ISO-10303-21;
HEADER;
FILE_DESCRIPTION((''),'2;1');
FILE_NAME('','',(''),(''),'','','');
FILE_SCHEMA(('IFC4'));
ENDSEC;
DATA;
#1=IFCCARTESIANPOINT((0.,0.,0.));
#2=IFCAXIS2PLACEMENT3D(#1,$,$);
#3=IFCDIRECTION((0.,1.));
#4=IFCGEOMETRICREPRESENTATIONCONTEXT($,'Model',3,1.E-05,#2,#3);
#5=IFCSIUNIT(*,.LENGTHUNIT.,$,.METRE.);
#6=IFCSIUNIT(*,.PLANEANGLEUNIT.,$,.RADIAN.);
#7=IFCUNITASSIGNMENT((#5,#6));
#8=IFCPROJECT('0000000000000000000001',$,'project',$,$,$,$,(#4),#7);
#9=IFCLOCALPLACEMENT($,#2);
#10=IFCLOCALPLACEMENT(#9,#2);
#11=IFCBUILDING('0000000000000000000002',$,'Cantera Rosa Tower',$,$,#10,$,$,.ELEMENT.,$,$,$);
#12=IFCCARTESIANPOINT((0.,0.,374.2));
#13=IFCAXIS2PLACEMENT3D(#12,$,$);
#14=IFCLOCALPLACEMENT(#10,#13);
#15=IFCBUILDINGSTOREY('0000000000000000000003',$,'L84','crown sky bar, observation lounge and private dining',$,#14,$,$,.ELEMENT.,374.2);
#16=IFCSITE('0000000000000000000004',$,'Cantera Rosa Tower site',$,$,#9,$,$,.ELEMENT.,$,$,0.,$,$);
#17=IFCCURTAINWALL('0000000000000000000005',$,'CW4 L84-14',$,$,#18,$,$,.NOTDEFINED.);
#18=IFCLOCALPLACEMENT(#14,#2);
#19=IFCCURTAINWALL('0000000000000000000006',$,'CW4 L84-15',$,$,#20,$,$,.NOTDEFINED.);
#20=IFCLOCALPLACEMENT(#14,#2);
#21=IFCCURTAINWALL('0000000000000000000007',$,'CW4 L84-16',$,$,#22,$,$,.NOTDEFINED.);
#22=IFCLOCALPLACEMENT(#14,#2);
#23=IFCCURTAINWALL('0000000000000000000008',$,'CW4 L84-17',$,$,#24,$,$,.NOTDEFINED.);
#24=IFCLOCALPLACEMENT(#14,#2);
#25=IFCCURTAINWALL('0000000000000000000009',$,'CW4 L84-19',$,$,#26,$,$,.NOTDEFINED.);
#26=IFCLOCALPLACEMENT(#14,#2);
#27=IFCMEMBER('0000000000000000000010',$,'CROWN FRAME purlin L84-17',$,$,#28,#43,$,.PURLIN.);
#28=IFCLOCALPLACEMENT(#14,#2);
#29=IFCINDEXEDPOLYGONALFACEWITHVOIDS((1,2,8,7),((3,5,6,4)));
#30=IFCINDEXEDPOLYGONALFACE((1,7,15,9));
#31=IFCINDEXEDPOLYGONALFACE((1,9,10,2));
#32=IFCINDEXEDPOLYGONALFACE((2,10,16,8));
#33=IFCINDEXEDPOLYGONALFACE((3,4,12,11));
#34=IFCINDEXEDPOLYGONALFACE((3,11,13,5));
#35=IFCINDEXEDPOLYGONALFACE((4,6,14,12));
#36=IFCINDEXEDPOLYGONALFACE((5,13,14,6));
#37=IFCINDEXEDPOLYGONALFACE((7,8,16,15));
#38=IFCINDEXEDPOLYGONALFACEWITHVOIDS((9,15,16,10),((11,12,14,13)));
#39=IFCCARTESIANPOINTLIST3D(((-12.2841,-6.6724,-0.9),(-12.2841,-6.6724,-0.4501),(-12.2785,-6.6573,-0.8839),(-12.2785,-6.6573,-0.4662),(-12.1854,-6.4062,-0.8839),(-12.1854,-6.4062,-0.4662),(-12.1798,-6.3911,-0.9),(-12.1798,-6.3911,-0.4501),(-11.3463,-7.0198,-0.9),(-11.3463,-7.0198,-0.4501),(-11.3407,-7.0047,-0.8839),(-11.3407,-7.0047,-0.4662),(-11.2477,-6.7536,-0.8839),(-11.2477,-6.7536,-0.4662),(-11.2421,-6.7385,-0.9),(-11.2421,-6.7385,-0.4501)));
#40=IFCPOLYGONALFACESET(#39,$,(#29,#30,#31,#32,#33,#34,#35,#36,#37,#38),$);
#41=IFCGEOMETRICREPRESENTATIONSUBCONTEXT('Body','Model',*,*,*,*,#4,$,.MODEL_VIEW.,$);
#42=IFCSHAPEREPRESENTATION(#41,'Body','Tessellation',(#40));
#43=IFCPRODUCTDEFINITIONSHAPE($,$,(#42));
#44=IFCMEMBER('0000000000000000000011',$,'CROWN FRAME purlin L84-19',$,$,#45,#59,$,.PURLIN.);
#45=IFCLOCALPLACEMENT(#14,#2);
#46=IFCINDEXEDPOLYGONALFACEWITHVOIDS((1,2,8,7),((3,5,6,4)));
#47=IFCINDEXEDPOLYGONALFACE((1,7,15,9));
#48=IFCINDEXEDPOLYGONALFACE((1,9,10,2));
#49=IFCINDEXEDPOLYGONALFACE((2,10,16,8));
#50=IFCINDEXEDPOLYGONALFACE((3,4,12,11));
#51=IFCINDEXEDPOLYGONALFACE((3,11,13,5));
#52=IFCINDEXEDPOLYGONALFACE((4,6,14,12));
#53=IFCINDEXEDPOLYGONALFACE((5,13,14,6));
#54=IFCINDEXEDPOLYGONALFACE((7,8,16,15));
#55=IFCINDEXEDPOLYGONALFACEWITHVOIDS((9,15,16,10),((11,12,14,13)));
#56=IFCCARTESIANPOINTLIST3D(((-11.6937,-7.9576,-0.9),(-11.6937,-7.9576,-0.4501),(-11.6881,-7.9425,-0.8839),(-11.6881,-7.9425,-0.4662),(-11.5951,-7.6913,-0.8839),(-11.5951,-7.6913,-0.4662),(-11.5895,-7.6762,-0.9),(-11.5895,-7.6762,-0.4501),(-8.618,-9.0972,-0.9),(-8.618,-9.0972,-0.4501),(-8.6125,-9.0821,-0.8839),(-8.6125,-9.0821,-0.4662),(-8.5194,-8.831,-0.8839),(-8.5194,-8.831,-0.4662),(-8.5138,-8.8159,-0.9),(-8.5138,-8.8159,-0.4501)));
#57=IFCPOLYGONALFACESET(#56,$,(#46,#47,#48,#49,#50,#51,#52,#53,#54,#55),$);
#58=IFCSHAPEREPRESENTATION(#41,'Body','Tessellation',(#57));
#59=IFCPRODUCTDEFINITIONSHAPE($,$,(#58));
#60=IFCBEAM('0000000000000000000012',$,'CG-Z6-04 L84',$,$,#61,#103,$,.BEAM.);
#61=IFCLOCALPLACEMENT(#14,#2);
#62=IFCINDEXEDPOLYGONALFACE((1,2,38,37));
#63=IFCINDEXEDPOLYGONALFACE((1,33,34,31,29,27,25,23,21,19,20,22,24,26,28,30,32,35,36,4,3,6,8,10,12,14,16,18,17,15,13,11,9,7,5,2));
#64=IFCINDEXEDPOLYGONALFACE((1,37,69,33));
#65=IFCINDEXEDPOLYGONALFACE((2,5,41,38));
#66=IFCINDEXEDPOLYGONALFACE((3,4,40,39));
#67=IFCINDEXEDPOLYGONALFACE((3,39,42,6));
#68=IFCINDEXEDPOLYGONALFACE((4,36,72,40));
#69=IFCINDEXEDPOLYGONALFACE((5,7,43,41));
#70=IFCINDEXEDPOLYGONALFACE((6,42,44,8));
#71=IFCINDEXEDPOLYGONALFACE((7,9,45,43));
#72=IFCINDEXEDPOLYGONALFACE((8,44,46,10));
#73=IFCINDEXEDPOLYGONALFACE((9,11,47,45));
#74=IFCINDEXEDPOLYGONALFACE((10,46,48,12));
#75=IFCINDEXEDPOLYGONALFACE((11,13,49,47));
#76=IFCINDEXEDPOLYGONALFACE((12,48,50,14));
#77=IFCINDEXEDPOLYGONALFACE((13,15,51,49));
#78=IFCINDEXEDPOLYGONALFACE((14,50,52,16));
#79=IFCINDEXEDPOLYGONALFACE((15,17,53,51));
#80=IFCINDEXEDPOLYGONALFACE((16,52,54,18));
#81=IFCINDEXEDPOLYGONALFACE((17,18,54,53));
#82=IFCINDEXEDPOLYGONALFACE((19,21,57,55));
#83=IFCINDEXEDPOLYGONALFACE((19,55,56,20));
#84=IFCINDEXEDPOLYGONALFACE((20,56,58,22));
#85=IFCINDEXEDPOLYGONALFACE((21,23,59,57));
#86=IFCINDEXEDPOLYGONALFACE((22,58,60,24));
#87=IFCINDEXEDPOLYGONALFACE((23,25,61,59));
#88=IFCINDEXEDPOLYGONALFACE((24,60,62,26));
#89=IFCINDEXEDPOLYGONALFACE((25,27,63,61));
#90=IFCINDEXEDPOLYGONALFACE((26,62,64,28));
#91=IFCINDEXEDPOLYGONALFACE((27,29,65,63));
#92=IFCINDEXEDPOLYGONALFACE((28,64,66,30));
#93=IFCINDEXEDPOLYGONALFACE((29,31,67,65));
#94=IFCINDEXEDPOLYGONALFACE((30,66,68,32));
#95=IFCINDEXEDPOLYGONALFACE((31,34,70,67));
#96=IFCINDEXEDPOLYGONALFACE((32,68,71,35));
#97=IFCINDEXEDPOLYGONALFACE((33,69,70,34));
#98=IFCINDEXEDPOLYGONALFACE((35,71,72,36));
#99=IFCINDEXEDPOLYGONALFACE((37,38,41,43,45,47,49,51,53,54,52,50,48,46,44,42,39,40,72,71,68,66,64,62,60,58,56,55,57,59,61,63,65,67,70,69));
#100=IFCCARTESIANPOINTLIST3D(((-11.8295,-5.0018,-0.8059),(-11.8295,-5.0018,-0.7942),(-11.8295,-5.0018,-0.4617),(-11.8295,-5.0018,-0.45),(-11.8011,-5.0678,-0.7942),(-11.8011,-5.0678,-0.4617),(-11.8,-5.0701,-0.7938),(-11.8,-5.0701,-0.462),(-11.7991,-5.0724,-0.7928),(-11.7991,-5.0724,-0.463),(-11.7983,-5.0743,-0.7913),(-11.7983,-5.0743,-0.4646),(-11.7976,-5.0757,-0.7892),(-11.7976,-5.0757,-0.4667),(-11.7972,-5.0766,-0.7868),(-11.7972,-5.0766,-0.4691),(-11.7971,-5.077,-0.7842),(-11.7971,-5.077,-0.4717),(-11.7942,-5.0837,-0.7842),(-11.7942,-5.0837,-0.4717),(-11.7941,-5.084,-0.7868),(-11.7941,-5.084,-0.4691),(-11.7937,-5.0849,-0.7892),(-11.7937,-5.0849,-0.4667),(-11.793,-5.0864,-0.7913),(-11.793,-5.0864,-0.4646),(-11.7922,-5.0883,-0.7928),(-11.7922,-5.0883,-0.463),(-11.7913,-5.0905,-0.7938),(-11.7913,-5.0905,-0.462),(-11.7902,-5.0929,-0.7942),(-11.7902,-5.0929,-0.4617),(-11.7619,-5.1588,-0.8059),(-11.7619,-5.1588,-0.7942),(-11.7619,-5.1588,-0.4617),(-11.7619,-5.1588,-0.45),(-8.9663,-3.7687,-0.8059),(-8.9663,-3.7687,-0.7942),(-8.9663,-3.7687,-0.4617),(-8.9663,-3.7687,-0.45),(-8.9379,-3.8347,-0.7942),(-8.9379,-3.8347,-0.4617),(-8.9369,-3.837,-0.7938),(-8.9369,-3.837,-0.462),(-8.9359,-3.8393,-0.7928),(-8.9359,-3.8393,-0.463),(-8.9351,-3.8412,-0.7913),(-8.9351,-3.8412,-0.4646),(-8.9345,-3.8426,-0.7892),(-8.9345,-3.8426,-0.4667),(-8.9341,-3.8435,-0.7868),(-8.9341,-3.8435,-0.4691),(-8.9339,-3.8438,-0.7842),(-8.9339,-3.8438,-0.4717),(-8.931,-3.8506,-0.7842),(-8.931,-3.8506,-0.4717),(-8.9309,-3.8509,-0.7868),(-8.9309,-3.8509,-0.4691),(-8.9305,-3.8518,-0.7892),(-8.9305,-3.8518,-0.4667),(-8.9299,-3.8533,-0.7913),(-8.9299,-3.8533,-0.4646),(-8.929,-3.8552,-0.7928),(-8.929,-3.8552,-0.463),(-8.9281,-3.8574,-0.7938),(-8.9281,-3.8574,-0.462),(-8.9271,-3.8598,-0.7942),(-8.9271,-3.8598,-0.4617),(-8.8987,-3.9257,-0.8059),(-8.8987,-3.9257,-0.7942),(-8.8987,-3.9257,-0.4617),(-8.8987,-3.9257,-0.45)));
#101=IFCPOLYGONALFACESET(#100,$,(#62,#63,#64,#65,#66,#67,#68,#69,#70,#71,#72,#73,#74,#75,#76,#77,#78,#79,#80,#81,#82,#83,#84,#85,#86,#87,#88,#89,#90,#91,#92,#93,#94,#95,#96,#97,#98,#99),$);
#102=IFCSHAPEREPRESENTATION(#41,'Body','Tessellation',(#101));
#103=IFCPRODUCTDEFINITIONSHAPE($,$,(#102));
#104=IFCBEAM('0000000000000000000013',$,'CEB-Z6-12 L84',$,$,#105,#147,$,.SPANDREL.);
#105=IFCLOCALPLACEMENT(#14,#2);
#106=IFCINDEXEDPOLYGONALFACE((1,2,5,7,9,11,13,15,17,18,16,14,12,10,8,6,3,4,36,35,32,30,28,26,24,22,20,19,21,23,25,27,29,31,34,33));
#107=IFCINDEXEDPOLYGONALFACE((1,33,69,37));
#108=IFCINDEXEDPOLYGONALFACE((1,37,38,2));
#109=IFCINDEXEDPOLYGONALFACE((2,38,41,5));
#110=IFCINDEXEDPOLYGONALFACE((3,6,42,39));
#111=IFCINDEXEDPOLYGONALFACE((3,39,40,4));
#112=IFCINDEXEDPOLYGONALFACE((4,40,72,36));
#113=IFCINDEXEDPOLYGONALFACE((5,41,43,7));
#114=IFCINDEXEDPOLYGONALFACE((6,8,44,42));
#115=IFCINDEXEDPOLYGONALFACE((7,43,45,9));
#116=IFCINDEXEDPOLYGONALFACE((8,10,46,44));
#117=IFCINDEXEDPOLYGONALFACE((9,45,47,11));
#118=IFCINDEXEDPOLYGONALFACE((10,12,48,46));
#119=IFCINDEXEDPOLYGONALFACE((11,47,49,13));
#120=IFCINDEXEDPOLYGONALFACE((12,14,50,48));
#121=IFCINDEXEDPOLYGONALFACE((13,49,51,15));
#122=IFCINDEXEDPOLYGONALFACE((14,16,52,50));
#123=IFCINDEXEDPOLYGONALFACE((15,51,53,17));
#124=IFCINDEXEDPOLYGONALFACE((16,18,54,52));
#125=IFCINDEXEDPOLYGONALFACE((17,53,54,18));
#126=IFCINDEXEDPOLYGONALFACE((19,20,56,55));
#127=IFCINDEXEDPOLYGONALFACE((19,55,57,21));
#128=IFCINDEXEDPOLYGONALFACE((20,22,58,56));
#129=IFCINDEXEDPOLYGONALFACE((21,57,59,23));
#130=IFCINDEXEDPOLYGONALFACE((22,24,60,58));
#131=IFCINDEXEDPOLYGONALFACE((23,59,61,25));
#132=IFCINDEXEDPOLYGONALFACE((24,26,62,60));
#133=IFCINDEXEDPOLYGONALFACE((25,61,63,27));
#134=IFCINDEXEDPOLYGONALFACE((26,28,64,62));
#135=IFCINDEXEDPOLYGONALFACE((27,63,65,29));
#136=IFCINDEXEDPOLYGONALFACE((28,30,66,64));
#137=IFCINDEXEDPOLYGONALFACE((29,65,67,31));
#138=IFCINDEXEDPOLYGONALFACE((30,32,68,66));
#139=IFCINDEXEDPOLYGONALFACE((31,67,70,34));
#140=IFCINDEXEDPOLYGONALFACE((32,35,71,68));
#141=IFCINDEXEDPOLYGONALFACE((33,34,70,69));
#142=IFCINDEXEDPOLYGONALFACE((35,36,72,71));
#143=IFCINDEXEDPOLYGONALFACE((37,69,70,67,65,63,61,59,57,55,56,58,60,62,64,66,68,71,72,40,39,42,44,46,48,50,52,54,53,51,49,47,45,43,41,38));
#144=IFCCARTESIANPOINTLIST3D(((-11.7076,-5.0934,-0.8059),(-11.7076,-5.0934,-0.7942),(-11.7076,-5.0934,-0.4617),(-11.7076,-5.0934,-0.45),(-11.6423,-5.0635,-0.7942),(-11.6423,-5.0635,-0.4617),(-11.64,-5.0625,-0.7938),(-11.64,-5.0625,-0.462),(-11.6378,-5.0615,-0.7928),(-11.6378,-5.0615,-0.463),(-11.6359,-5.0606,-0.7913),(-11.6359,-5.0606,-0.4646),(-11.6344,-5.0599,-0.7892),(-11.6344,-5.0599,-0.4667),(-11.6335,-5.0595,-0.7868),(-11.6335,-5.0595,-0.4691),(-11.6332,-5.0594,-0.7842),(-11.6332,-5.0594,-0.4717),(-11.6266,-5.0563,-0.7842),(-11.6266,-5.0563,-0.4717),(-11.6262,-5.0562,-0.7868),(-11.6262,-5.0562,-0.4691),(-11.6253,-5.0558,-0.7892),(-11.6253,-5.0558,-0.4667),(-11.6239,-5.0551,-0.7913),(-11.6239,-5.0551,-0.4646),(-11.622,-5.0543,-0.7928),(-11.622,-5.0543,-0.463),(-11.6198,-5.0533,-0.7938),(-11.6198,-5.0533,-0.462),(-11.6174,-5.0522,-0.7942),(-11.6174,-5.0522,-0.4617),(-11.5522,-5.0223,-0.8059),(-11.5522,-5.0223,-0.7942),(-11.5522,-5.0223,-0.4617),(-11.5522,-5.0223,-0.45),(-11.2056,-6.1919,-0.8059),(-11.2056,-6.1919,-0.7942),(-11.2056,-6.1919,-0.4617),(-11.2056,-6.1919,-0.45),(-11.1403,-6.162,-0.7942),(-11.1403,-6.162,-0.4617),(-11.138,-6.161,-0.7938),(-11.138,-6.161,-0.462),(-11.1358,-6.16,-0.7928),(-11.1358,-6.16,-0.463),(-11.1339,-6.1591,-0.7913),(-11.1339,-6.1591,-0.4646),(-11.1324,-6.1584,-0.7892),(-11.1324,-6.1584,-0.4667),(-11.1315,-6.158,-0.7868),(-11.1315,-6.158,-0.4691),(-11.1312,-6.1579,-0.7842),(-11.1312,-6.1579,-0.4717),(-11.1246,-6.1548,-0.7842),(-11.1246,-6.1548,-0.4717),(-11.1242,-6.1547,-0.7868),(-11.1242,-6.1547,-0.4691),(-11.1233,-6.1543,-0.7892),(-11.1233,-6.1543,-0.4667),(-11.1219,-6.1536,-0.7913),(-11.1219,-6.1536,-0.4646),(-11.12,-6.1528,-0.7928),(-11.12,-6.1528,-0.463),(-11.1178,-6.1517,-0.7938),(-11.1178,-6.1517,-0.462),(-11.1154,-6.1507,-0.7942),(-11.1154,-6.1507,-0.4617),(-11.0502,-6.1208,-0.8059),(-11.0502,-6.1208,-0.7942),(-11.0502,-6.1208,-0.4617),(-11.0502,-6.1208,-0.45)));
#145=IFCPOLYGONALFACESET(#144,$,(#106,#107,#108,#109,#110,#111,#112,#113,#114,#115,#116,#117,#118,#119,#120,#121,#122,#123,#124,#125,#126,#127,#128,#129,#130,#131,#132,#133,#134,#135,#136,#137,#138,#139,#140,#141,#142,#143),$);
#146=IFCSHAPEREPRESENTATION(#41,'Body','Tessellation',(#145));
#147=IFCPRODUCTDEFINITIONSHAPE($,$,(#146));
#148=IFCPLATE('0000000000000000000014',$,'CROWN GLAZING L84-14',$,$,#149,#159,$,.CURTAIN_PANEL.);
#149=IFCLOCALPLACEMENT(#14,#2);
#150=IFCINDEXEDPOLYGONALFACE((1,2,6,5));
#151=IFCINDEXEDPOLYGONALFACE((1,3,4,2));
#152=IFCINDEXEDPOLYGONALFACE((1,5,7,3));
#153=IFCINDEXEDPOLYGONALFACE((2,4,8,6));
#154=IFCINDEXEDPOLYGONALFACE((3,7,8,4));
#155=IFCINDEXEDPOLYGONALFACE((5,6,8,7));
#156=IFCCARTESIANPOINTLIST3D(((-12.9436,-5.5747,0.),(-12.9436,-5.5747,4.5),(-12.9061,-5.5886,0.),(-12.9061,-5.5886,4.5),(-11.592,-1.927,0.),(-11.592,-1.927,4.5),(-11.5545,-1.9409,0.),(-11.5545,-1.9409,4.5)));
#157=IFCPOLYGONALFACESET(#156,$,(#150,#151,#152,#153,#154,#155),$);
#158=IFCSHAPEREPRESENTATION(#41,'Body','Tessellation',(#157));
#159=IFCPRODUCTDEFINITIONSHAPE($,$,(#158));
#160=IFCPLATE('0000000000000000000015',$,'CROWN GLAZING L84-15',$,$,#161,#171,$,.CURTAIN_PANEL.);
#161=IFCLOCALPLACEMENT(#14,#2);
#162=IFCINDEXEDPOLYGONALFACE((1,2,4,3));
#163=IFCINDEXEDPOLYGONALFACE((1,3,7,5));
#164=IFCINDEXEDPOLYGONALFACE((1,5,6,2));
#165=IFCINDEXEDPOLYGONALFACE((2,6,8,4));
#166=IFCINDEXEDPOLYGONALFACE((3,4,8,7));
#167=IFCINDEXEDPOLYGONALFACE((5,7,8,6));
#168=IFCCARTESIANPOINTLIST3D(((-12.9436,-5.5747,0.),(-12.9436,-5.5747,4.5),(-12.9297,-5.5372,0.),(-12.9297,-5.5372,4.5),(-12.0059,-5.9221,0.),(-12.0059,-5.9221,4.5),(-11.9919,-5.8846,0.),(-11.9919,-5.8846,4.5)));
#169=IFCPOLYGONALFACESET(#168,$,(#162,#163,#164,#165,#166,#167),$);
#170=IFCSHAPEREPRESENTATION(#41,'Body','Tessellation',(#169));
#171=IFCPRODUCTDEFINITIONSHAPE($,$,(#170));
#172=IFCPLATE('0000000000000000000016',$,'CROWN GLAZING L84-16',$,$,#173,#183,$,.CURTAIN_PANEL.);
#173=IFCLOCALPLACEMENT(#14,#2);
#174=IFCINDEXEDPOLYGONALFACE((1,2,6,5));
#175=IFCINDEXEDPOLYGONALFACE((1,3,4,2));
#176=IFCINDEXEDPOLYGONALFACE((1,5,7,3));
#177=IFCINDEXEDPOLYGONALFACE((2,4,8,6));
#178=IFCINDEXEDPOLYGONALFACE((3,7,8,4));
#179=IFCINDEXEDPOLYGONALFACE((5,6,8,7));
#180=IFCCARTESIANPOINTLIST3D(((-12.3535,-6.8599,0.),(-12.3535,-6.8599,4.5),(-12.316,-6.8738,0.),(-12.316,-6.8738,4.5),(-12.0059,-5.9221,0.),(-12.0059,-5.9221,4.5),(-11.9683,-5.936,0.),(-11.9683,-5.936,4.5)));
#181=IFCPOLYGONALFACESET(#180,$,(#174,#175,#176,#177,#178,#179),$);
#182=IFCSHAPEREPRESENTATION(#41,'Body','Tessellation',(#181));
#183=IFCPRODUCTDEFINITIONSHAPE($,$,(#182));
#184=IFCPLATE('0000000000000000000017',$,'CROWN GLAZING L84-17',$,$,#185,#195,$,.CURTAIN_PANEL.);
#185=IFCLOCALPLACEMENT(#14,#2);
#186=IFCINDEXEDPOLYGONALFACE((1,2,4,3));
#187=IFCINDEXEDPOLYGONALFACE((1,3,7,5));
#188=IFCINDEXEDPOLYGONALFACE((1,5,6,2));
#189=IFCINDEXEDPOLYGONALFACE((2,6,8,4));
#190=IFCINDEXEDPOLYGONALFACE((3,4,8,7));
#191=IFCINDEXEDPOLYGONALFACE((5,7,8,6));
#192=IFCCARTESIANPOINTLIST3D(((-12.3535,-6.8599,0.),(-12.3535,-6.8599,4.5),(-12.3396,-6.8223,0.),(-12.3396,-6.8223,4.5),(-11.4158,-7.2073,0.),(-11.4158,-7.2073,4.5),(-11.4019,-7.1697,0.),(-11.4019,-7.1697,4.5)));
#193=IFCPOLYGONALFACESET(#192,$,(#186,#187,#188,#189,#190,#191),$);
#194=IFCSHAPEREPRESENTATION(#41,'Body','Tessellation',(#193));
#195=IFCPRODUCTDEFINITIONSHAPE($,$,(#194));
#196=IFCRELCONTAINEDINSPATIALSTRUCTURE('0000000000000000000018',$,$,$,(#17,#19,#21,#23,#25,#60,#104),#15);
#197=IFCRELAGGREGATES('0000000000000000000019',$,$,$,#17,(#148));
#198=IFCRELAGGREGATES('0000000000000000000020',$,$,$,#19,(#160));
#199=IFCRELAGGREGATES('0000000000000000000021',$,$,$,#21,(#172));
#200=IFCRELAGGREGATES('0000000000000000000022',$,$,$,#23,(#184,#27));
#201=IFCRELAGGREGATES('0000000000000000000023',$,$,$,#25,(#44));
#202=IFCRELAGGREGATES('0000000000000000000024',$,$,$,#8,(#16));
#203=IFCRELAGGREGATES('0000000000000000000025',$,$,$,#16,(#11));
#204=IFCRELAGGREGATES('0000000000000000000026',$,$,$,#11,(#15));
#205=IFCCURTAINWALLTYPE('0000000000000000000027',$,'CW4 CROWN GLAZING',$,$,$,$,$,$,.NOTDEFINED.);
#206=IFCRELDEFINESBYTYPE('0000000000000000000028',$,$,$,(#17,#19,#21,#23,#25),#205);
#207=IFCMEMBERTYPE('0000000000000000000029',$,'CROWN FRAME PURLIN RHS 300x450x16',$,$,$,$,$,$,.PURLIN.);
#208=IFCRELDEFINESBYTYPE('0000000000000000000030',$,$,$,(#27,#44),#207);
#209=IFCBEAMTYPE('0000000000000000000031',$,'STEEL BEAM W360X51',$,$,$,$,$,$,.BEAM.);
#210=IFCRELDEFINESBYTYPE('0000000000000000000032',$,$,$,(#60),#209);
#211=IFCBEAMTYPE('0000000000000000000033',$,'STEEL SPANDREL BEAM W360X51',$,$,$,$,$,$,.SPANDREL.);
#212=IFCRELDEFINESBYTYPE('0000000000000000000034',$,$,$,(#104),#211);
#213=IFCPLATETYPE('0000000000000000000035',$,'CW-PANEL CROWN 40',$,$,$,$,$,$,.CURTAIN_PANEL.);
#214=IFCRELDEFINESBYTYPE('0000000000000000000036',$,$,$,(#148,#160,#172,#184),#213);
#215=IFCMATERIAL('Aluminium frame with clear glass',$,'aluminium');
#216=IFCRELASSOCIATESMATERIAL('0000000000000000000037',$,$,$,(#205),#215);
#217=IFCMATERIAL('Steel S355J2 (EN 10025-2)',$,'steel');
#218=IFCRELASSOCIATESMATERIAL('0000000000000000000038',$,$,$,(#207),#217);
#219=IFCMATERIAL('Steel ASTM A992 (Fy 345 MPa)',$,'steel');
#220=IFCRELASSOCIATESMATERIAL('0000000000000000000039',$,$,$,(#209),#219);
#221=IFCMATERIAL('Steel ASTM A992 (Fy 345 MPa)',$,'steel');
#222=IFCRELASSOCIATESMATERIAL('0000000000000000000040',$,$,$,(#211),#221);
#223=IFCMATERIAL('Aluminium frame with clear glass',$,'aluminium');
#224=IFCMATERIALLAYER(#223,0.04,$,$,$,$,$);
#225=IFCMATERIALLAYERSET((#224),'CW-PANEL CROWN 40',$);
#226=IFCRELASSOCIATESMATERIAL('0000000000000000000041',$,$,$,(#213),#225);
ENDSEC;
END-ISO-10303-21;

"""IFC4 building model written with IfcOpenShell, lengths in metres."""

from ifc_helpers import new_model, si_unit, direction, frame, origin, origin_2d, place, context, subcontext, project, spatial, polyline, hollow_rectangle, i_section, outline, extrude, material, layer, layer_set, material_profile, profile_set, type_object, element, aggregate, save


model = new_model("IFC4")

# Units and contexts
model_context = context("Model", 3, precision=1e-05, world=origin(), true_north=direction((0.0, 1.0)))
body_context = subcontext(model_context, "Body", "Model", "MODEL_VIEW")
ifc_project = project(units=[si_unit("LENGTHUNIT", "METRE"), si_unit("PLANEANGLEUNIT", "RADIAN")], contexts=[model_context])

# Site, building, storey
site_placement = place(None, origin())
site = spatial("IfcSite", under=ifc_project, at=site_placement, Name="Cantera Rosa Tower site", CompositionType="ELEMENT", RefElevation=0.0)
building_placement = place(site_placement, origin())
building = spatial("IfcBuilding", under=site, at=building_placement, Name="Cantera Rosa Tower", CompositionType="ELEMENT")
storey_placement = place(building_placement, frame((0.0, 0.0, 374.2)))
storey = spatial("IfcBuildingStorey", under=building, at=storey_placement, Name="L84", Description="crown sky bar, observation lounge and private dining", CompositionType="ELEMENT", Elevation=374.2)

# Curtain walls
ifc_material_1 = material(Name="Aluminium frame with clear glass", Category="aluminium")
curtain_wall_type = type_object("IfcCurtainWallType", Name="CW4 CROWN GLAZING", PredefinedType="NOTDEFINED", material=ifc_material_1)
curtain_wall_1_placement = place(storey_placement, origin())
curtain_wall_1 = element("IfcCurtainWall", 1, at=curtain_wall_1_placement, inside=storey, type_object=curtain_wall_type, Name="CW4 L84-14", PredefinedType="NOTDEFINED")
curtain_wall_2_placement = place(storey_placement, origin())
curtain_wall_2 = element("IfcCurtainWall", 2, at=curtain_wall_2_placement, inside=storey, type_object=curtain_wall_type, Name="CW4 L84-15", PredefinedType="NOTDEFINED")
curtain_wall_3_placement = place(storey_placement, origin())
curtain_wall_3 = element("IfcCurtainWall", 3, at=curtain_wall_3_placement, inside=storey, type_object=curtain_wall_type, Name="CW4 L84-16", PredefinedType="NOTDEFINED")
curtain_wall_4_placement = place(storey_placement, origin())
curtain_wall_4 = element("IfcCurtainWall", 4, at=curtain_wall_4_placement, inside=storey, type_object=curtain_wall_type, Name="CW4 L84-17", PredefinedType="NOTDEFINED")
curtain_wall_5_placement = place(storey_placement, origin())
curtain_wall_5 = element("IfcCurtainWall", 5, at=curtain_wall_5_placement, inside=storey, type_object=curtain_wall_type, Name="CW4 L84-19", PredefinedType="NOTDEFINED")

# Members
ifc_material_2 = material(Name="Steel S355J2 (EN 10025-2)", Category="steel")
ifc_material_profile_1 = material_profile(ifc_material_2, hollow_rectangle(XDim=0.3, YDim=0.45, WallThickness=0.0161, at=origin_2d()), Name="CROWN FRAME PURLIN RHS 300x450x16")
ifc_profile_set_1 = profile_set([ifc_material_profile_1], Name="Steel S355J2 (EN 10025-2)")
member_type_1 = type_object("IfcMemberType", Name="CROWN FRAME PURLIN RHS 300x450x16", PredefinedType="PURLIN", material=ifc_profile_set_1)
member_1_placement = place(storey_placement, frame((-12.2319, -6.5317, -0.675), z_axis=(0.937716, -0.347402, 0.0), x_axis=(0.347402, 0.937716, 0.0)))
member_1 = element("IfcMember", 6, at=member_1_placement, type_object=member_type_1, Name="CROWN FRAME purlin L84-17", PredefinedType="PURLIN", context=body_context, shape_type="SweptSolid", body=[
    extrude(hollow_rectangle(XDim=0.3, YDim=0.45, WallThickness=0.0161, at=origin_2d()), origin(), (0.0, 0.0, 1.0), 1.0),
])
member_2_placement = place(storey_placement, frame((-11.6416, -7.8169, -0.675), z_axis=(0.937698, -0.34745, 0.0), x_axis=(0.34745, 0.937698, 0.0)))
member_2 = element("IfcMember", 7, at=member_2_placement, type_object=member_type_1, Name="CROWN FRAME purlin L84-19", PredefinedType="PURLIN", context=body_context, shape_type="SweptSolid", body=[
    extrude(hollow_rectangle(XDim=0.3, YDim=0.45, WallThickness=0.0161, at=origin_2d()), origin(), (0.0, 0.0, 1.0), 3.28),
])

# Beams
ifc_material_3 = material(Name="Steel ASTM A992 (Fy 345 MPa)", Category="steel")
ifc_material_profile_2 = material_profile(ifc_material_3, i_section(OverallWidth=0.1709, OverallDepth=0.356, WebThickness=0.0073, FlangeThickness=0.0117, FilletRadius=0.01, at=origin_2d()), Name="W360X51")
ifc_profile_set_2 = profile_set([ifc_material_profile_2], Name="Steel ASTM A992 (Fy 345 MPa)")
beam_type_1 = type_object("IfcBeamType", Name="STEEL BEAM W360X51", PredefinedType="BEAM", material=ifc_profile_set_2)
beam_1_placement = place(storey_placement, frame((-11.7957, -5.0803, -0.6279), z_axis=(0.918443, 0.395554, 0.0), x_axis=(-0.395554, 0.918443, 0.0)))
element("IfcBeam", 8, at=beam_1_placement, inside=storey, type_object=beam_type_1, Name="CG-Z6-04 L84", PredefinedType="BEAM", context=body_context, shape_type="SweptSolid", body=[
    extrude(i_section(OverallWidth=0.1709, OverallDepth=0.356, WebThickness=0.0073, FlangeThickness=0.0117, FilletRadius=0.01, at=origin_2d()), origin(), (0.0, 0.0, 1.0), 3.1174),
])
ifc_material_4 = material(Name="Steel ASTM A992 (Fy 345 MPa)", Category="steel")
ifc_material_profile_3 = material_profile(ifc_material_4, i_section(OverallWidth=0.1709, OverallDepth=0.356, WebThickness=0.0073, FlangeThickness=0.0117, FilletRadius=0.01, at=origin_2d()), Name="W360X51")
ifc_profile_set_3 = profile_set([ifc_material_profile_3], Name="Steel ASTM A992 (Fy 345 MPa)")
beam_type_2 = type_object("IfcBeamType", Name="STEEL SPANDREL BEAM W360X51", PredefinedType="SPANDREL", material=ifc_profile_set_3)
beam_2_placement = place(storey_placement, frame((-11.6299, -5.0579, -0.6279), z_axis=(0.415645, -0.909527, 0.0), x_axis=(0.909527, 0.415645, 0.0)))
element("IfcBeam", 9, at=beam_2_placement, inside=storey, type_object=beam_type_2, Name="CEB-Z6-12 L84", PredefinedType="SPANDREL", context=body_context, shape_type="SweptSolid", body=[
    extrude(i_section(OverallWidth=0.1709, OverallDepth=0.356, WebThickness=0.0073, FlangeThickness=0.0117, FilletRadius=0.01, at=origin_2d()), origin(), (0.0, 0.0, 1.0), 1.2078),
])

# Plates
ifc_material_5 = material(Name="Aluminium frame with clear glass", Category="aluminium")
ifc_layer_1 = layer(ifc_material_5, 0.04)
ifc_layer_set_1 = layer_set([ifc_layer_1], Name="CW-PANEL CROWN 40")
plate_type = type_object("IfcPlateType", Name="CW-PANEL CROWN 40", PredefinedType="CURTAIN_PANEL", material=ifc_layer_set_1)
plate_1_placement = place(storey_placement, frame((-11.592, -1.927, 0.0), z_axis=(-0.937702, 0.347441, 0.0), x_axis=(-0.347441, -0.937702, 0.0)))
plate_1 = element("IfcPlate", 10, at=plate_1_placement, type_object=plate_type, Name="CROWN GLAZING L84-14", PredefinedType="CURTAIN_PANEL", context=body_context, shape_type="SweptSolid", body=[
    extrude(outline(polyline([(0.0, 0.0), (3.89, 0.0), (3.89, 4.5), (0.0, 4.5), (0.0, 0.0)])), origin(), (0.0, 0.0, -1.0), 0.04),
])
plate_2_placement = place(storey_placement, frame((-12.9436, -5.5747, 0.0), z_axis=(-0.347402, -0.937716, 0.0), x_axis=(0.937716, -0.347402, 0.0)))
plate_2 = element("IfcPlate", 11, at=plate_2_placement, type_object=plate_type, Name="CROWN GLAZING L84-15", PredefinedType="CURTAIN_PANEL", context=body_context, shape_type="SweptSolid", body=[
    extrude(outline(polyline([(0.0, 0.0), (1.0, 0.0), (1.0, 4.5), (0.0, 4.5), (0.0, 0.0)])), origin(), (0.0, 0.0, -1.0), 0.04),
])
plate_3_placement = place(storey_placement, frame((-12.0059, -5.9221, 0.0), z_axis=(-0.937637, 0.347616, 0.0), x_axis=(-0.347616, -0.937637, 0.0)))
plate_3 = element("IfcPlate", 12, at=plate_3_placement, type_object=plate_type, Name="CROWN GLAZING L84-16", PredefinedType="CURTAIN_PANEL", context=body_context, shape_type="SweptSolid", body=[
    extrude(outline(polyline([(0.0, 0.0), (1.0001, 0.0), (1.0001, 4.5), (0.0, 4.5), (0.0, 0.0)])), origin(), (0.0, 0.0, -1.0), 0.04),
])
plate_4_placement = place(storey_placement, frame((-12.3535, -6.8599, 0.0), z_axis=(-0.347402, -0.937716, 0.0), x_axis=(0.937716, -0.347402, 0.0)))
plate_4 = element("IfcPlate", 13, at=plate_4_placement, type_object=plate_type, Name="CROWN GLAZING L84-17", PredefinedType="CURTAIN_PANEL", context=body_context, shape_type="SweptSolid", body=[
    extrude(outline(polyline([(0.0, 0.0), (1.0, 0.0), (1.0, 4.5), (0.0, 4.5), (0.0, 0.0)])), origin(), (0.0, 0.0, -1.0), 0.04),
])

aggregate(curtain_wall_1, [plate_1])
aggregate(curtain_wall_2, [plate_2])
aggregate(curtain_wall_3, [plate_3])
aggregate(curtain_wall_4, [plate_4, member_1])
aggregate(curtain_wall_5, [member_2])

save(model, "model.ifc")
